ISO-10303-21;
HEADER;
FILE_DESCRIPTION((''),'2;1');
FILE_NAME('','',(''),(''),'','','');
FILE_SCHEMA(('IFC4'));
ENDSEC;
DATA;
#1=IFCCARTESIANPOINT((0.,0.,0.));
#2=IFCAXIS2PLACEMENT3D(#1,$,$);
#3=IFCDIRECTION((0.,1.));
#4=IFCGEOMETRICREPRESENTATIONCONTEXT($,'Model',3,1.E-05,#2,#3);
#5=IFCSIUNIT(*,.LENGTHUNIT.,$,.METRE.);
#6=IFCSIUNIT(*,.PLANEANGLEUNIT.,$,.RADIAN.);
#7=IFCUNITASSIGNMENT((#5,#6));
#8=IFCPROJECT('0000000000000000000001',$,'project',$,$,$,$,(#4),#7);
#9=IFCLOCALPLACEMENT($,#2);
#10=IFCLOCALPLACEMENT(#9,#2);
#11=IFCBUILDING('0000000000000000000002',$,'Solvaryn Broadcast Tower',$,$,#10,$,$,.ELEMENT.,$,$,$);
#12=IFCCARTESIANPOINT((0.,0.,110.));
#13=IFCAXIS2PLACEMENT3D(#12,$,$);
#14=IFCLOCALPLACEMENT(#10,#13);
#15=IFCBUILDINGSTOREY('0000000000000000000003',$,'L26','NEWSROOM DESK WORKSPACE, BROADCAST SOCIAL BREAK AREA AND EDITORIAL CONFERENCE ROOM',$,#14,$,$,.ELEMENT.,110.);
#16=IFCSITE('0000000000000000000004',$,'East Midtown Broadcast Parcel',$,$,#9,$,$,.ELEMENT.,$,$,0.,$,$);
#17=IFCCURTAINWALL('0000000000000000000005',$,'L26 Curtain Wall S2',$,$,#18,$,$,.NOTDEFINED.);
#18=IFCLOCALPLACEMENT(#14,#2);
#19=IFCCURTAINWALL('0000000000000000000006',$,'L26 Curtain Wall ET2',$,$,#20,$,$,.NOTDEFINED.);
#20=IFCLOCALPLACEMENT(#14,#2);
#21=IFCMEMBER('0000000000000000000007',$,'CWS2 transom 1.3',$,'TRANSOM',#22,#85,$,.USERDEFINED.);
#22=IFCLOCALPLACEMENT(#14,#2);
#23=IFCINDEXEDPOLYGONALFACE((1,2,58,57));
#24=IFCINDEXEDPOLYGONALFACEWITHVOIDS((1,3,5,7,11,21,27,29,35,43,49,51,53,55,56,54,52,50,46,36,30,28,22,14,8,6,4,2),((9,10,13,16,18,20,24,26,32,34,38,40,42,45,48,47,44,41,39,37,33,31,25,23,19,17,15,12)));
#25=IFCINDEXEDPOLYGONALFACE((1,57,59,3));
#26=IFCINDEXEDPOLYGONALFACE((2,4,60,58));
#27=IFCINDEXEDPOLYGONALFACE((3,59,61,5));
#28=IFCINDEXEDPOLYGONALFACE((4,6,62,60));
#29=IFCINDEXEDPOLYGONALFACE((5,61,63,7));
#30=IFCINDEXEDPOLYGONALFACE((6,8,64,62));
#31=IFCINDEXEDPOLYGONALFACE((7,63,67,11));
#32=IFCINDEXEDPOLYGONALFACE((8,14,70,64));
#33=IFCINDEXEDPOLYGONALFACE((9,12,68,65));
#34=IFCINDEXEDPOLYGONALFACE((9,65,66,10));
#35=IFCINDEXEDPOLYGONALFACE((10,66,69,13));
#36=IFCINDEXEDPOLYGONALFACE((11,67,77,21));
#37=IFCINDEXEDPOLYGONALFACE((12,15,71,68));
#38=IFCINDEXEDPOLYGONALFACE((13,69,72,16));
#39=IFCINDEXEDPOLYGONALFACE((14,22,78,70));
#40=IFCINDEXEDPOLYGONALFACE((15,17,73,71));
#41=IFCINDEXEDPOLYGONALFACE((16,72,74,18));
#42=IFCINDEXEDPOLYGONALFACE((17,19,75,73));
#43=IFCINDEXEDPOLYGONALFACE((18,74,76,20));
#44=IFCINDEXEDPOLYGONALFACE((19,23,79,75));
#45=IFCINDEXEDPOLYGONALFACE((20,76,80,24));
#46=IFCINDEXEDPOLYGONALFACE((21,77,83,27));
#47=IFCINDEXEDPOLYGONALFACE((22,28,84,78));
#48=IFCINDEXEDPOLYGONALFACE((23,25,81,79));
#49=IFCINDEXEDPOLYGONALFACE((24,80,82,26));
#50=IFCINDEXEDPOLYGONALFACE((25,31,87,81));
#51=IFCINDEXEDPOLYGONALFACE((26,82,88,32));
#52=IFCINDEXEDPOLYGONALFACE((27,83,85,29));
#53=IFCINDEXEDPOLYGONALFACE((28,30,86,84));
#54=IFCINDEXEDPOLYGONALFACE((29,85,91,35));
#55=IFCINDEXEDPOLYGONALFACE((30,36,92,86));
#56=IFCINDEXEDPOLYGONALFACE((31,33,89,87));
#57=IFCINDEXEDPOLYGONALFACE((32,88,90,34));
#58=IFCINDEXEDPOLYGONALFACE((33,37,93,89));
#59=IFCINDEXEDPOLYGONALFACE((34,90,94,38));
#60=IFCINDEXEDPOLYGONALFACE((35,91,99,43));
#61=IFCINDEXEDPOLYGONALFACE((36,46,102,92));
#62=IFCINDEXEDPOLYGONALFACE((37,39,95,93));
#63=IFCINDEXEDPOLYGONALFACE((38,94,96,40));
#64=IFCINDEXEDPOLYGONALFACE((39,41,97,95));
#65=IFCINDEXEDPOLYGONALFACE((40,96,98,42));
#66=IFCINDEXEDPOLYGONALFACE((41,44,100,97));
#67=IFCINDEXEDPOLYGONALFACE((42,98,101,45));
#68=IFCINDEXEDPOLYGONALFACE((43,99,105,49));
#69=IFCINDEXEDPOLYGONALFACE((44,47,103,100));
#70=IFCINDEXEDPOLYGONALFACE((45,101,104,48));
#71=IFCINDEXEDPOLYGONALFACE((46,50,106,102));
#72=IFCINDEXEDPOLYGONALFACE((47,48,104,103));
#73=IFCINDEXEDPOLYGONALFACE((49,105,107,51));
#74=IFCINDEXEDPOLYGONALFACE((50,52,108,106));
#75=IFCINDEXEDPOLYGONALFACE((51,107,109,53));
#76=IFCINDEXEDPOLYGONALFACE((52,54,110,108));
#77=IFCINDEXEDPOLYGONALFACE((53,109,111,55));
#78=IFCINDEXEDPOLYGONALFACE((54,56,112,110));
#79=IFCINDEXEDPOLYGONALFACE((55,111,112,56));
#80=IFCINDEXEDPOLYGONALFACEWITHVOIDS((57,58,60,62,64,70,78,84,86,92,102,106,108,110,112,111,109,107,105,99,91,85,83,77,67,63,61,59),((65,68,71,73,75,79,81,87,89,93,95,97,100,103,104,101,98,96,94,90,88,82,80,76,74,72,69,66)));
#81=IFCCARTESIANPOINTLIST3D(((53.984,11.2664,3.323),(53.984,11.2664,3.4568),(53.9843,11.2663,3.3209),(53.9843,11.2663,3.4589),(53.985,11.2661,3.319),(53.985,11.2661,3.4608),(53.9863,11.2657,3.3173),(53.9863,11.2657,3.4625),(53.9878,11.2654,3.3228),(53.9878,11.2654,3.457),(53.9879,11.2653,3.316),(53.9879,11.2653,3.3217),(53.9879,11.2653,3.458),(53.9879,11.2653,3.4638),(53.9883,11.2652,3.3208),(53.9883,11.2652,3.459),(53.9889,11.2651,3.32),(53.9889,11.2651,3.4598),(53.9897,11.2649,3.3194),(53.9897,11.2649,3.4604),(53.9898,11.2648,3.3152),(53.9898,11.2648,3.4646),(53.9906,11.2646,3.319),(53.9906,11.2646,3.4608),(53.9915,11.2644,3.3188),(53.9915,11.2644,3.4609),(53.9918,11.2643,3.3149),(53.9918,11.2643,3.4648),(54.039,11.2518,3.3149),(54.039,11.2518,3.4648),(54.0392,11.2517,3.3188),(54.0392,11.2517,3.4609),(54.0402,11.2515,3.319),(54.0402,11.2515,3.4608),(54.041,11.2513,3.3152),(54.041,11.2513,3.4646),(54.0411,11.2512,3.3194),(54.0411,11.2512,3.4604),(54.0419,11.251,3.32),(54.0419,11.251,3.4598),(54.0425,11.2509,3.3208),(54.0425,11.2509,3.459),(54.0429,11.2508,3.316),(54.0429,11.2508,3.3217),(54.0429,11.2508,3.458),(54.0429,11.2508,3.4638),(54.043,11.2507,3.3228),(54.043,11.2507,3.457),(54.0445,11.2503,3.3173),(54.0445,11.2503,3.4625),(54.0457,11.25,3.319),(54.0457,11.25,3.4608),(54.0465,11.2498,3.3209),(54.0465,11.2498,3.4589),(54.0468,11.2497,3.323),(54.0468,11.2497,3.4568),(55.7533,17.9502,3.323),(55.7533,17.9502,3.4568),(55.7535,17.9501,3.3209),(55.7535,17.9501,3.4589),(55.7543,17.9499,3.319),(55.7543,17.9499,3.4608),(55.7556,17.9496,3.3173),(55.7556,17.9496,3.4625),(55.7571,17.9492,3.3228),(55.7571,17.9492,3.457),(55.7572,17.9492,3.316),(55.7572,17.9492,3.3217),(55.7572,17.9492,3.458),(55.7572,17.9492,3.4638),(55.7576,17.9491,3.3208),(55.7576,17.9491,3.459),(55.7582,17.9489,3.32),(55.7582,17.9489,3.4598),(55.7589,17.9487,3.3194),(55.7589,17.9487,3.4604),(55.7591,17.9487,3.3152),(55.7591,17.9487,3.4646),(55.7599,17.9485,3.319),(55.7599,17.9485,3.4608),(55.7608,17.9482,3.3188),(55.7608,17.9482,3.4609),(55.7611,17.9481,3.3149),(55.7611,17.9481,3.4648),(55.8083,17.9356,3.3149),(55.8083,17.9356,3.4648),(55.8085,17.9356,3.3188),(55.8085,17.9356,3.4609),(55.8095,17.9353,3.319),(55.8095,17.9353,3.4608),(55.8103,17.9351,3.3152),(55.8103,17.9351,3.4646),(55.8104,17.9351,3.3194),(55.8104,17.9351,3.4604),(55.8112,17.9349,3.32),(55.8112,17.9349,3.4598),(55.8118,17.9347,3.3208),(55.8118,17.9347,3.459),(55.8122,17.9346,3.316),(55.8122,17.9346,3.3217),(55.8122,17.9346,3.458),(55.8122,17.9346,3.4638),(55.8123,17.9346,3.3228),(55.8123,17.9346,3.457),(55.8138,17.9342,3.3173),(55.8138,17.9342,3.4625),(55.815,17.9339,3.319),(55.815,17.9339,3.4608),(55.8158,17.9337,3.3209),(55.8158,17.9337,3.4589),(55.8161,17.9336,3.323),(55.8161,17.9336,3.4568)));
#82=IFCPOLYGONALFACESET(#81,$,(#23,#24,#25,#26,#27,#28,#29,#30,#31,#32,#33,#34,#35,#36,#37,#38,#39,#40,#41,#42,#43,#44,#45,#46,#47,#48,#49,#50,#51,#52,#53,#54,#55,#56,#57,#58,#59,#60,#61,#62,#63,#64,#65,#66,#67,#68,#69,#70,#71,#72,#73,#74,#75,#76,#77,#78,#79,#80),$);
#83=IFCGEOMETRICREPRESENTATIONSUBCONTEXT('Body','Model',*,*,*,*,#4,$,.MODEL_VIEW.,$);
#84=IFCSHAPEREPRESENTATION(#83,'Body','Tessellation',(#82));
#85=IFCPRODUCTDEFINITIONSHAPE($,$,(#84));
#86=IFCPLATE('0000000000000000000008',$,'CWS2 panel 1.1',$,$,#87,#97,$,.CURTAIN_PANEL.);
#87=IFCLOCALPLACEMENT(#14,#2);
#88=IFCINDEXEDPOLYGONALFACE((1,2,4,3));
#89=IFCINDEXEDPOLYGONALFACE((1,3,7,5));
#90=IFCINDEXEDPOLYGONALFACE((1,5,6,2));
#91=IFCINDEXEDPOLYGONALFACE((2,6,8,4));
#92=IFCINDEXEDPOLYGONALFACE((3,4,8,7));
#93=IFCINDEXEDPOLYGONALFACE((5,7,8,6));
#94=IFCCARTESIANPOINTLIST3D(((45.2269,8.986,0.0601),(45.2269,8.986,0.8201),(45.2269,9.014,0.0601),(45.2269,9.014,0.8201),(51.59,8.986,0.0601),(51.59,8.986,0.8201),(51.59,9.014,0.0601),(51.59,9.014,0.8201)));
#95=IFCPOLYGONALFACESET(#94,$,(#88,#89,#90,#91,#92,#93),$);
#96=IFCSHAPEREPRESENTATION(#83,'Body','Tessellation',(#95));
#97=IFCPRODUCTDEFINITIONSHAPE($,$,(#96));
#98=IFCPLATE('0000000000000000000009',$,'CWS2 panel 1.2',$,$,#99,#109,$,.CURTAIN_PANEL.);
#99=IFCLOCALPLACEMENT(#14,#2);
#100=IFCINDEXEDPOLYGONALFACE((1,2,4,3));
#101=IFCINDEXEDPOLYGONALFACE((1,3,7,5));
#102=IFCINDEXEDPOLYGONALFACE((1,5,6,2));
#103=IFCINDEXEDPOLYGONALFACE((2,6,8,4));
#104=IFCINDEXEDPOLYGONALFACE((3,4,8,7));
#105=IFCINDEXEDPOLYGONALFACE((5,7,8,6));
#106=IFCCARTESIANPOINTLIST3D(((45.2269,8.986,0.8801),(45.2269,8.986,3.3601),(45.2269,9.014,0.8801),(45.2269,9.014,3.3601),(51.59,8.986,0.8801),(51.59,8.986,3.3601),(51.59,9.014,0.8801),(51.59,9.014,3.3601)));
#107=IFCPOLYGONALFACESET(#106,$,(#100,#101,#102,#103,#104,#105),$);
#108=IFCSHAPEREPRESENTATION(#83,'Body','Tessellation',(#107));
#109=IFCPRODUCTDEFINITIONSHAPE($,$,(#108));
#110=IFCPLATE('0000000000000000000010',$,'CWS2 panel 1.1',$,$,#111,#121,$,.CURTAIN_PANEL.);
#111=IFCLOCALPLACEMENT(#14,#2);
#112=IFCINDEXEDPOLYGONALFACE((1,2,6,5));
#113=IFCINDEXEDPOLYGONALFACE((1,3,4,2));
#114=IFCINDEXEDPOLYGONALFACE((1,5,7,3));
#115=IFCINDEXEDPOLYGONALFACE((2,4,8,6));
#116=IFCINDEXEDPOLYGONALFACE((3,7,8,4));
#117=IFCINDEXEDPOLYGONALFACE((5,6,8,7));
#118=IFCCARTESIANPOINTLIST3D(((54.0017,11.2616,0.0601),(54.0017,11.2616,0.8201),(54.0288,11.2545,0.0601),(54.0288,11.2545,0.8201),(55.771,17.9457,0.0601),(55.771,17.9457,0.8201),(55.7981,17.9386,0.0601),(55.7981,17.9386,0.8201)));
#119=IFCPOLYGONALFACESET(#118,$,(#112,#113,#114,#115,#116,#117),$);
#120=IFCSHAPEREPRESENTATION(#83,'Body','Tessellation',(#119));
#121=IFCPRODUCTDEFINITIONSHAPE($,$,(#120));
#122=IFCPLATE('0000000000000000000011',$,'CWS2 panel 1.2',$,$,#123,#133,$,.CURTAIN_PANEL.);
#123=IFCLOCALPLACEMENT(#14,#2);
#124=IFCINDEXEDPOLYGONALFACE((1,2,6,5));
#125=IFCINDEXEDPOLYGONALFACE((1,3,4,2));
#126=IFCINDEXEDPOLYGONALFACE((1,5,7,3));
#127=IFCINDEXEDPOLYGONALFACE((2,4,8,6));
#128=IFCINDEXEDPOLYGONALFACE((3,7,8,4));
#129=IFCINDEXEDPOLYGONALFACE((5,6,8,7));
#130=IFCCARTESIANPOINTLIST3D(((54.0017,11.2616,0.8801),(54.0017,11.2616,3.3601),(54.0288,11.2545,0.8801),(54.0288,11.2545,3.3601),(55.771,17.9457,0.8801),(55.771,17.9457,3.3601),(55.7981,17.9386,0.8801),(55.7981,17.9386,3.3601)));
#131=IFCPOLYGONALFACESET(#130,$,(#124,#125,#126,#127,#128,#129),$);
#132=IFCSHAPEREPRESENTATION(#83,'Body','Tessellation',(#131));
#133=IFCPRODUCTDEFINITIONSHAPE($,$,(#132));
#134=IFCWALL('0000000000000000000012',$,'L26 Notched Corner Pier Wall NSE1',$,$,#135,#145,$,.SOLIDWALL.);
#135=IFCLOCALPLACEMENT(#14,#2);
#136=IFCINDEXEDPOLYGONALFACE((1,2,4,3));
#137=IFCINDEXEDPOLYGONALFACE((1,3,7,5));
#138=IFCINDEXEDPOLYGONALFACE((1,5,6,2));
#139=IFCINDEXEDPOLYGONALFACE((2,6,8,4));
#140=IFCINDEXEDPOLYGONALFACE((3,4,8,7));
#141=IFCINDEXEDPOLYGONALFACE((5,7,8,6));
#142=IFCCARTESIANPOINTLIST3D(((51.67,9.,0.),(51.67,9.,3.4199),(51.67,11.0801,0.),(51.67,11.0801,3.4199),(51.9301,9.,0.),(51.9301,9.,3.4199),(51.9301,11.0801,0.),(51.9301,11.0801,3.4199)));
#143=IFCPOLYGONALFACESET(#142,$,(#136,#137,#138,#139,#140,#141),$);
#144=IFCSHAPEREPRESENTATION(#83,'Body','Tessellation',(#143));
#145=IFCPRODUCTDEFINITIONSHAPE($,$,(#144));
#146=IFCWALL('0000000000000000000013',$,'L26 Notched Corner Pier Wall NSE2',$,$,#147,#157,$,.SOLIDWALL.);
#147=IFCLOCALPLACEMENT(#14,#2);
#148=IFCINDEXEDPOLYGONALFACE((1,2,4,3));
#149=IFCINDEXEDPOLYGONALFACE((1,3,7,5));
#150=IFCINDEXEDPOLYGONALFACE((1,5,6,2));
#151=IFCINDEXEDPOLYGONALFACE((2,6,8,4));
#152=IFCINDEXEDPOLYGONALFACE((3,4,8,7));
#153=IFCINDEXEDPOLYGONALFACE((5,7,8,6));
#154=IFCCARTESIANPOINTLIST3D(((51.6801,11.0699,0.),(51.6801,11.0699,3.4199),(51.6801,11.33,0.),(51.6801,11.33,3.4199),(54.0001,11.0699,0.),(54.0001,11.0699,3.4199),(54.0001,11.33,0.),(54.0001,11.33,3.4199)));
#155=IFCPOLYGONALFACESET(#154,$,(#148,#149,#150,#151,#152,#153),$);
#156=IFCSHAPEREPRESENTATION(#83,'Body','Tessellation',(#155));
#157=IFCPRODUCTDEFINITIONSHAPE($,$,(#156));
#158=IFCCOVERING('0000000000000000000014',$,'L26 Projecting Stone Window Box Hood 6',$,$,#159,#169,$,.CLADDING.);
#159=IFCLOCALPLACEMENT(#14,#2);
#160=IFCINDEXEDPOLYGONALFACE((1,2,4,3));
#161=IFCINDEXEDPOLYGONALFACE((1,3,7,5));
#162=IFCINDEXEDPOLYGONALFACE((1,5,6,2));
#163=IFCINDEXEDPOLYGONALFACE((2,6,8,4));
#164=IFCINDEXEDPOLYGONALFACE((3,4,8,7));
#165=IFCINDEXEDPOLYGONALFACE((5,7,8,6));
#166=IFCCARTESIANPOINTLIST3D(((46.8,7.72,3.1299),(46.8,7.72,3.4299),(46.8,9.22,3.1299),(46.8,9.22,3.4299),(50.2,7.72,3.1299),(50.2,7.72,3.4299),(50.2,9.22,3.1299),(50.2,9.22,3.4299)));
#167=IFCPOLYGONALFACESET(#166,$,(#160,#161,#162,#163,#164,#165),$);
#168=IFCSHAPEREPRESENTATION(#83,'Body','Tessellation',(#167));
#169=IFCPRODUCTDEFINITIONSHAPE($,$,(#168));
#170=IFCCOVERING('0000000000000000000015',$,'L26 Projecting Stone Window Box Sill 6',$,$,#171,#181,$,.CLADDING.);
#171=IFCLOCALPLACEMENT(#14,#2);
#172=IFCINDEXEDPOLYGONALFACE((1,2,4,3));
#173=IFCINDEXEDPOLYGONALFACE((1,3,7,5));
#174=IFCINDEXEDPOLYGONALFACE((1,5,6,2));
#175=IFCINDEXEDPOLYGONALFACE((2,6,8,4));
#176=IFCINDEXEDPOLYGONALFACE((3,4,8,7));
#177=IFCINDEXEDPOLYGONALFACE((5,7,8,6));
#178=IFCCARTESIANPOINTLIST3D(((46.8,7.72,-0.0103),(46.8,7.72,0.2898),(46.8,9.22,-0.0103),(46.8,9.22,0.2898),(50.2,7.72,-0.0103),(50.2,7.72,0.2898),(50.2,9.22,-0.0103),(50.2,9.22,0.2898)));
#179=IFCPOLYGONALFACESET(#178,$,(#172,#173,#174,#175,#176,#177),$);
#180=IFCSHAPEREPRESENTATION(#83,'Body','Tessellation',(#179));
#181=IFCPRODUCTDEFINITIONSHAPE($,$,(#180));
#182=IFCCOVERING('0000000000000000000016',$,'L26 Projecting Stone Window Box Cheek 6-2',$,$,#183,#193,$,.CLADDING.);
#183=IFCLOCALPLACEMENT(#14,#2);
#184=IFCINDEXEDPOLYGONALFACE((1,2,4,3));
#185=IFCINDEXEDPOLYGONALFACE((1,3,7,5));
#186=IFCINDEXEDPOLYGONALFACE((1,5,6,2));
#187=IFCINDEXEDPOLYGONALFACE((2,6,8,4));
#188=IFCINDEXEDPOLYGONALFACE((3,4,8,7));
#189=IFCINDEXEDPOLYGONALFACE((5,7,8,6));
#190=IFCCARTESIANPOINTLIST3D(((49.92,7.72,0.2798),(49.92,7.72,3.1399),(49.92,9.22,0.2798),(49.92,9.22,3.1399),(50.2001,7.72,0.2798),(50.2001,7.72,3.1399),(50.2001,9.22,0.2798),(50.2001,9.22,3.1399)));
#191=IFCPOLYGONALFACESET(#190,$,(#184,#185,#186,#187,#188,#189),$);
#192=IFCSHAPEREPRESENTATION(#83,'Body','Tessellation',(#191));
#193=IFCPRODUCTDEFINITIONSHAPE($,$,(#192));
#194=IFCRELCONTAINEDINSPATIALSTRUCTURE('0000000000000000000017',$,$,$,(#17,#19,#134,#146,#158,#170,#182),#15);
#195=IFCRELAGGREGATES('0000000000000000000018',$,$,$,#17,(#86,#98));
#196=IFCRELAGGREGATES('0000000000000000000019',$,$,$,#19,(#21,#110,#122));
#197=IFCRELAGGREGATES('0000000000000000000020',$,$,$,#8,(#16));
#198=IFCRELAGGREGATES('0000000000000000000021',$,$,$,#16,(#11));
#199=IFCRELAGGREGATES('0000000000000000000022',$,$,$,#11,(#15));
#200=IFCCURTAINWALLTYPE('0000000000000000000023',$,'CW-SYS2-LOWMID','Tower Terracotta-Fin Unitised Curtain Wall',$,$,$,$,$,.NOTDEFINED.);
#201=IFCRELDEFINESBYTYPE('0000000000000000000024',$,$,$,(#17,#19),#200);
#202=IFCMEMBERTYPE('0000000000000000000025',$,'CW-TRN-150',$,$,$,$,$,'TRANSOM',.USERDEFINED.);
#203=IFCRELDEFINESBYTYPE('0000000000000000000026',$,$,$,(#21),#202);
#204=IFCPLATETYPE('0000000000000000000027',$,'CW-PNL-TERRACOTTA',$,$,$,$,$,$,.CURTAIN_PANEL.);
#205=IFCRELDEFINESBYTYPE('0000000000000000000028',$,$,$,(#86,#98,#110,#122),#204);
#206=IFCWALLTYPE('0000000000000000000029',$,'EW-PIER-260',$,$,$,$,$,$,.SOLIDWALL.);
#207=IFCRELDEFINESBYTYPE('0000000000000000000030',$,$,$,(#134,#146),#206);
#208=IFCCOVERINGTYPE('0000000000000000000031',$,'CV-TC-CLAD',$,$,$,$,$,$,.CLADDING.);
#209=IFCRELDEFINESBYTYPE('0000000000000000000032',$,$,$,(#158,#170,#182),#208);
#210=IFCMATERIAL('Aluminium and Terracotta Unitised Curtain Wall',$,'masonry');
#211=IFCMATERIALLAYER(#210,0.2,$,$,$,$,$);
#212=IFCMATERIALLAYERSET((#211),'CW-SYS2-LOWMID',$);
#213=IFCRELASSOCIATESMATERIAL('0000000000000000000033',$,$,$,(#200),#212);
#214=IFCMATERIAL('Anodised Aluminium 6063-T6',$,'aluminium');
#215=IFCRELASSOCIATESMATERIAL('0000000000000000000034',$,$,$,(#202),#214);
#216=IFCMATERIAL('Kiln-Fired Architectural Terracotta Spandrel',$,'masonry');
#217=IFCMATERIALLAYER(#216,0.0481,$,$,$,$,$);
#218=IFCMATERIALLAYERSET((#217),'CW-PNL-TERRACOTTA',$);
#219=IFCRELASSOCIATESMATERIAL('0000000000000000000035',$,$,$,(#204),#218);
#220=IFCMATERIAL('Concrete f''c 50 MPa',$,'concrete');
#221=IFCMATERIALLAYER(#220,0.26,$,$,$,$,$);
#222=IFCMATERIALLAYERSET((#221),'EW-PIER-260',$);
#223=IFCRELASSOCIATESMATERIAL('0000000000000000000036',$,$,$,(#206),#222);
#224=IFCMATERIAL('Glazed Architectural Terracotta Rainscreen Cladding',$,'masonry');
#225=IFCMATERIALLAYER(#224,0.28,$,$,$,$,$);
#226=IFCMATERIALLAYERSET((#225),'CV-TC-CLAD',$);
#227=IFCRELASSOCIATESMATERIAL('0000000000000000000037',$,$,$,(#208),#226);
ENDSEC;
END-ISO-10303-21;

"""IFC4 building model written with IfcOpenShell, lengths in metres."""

from ifc_helpers import new_model, si_unit, direction, frame, frame_2d, origin, origin_2d, place, context, subcontext, project, spatial, rectangle, hollow_rectangle, extrude, material, layer, layer_set, material_profile, profile_set, type_object, element, aggregate, save


model = new_model("IFC4")

# Units and contexts
model_context = context("Model", 3, precision=1e-05, world=origin(), true_north=direction((0.0, 1.0)))
body_context = subcontext(model_context, "Body", "Model", "MODEL_VIEW")
ifc_project = project(units=[si_unit("LENGTHUNIT", "METRE"), si_unit("PLANEANGLEUNIT", "RADIAN")], contexts=[model_context])

# Site, building, storey
site_placement = place(None, origin())
site = spatial("IfcSite", under=ifc_project, at=site_placement, Name="East Midtown Broadcast Parcel", CompositionType="ELEMENT", RefElevation=0.0)
building_placement = place(site_placement, origin())
building = spatial("IfcBuilding", under=site, at=building_placement, Name="Solvaryn Broadcast Tower", CompositionType="ELEMENT")
storey_placement = place(building_placement, frame((0.0, 0.0, 110.0)))
storey = spatial("IfcBuildingStorey", under=building, at=storey_placement, Name="L26", Description="NEWSROOM DESK WORKSPACE, BROADCAST SOCIAL BREAK AREA AND EDITORIAL CONFERENCE ROOM", CompositionType="ELEMENT", Elevation=110.0)

# Curtain wall
ifc_material_1 = material(Name="Aluminium and Terracotta Unitised Curtain Wall", Category="masonry")
ifc_layer_1 = layer(ifc_material_1, 0.2)
ifc_layer_set_1 = layer_set([ifc_layer_1], Name="CW-SYS2-LOWMID")
curtain_wall_type = type_object("IfcCurtainWallType", Name="CW-SYS2-LOWMID", Description="Tower Terracotta-Fin Unitised Curtain Wall", PredefinedType="NOTDEFINED", material=ifc_layer_set_1)
curtain_wall_1_placement = place(storey_placement, origin())
curtain_wall_1 = element("IfcCurtainWall", 1, at=curtain_wall_1_placement, inside=storey, type_object=curtain_wall_type, Name="L26 Curtain Wall S2", PredefinedType="NOTDEFINED")

# Curtain wall, member
curtain_wall_2_placement = place(storey_placement, origin())
curtain_wall_2 = element("IfcCurtainWall", 2, at=curtain_wall_2_placement, inside=storey, type_object=curtain_wall_type, Name="L26 Curtain Wall ET2", PredefinedType="NOTDEFINED")
ifc_material_2 = material(Name="Anodised Aluminium 6063-T6", Category="aluminium")
ifc_material_profile_1 = material_profile(ifc_material_2, hollow_rectangle(XDim=0.0649, YDim=0.1499, WallThickness=0.0039, InnerFilletRadius=0.0039, OuterFilletRadius=0.0081, at=origin_2d()))
ifc_profile_set_1 = profile_set([ifc_material_profile_1], Name="Anodised Aluminium 6063-T6")
member_type_1 = type_object("IfcMemberType", Name="CW-TRN-150", ElementType="TRANSOM", PredefinedType="USERDEFINED", material=ifc_profile_set_1)
member_1_placement = place(storey_placement, frame((55.7847, 17.9419, 3.3899), z_axis=(-0.255897, -0.966704, 0.0), x_axis=(0.966704, -0.255897, 0.0)))
member_1 = element("IfcMember", 3, at=member_1_placement, type_object=member_type_1, Name="CWS2 transom 1.3", ObjectType="TRANSOM", PredefinedType="USERDEFINED", context=body_context, shape_type="SweptSolid", body=[
    extrude(hollow_rectangle(XDim=0.0649, YDim=0.1499, WallThickness=0.0039, InnerFilletRadius=0.0039, OuterFilletRadius=0.0081, at=origin_2d()), origin(), (0.0, 0.0, 1.0), 6.9141),
])

# Plates
ifc_material_3 = material(Name="Kiln-Fired Architectural Terracotta Spandrel", Category="masonry")
ifc_layer_2 = layer(ifc_material_3, 0.0481)
ifc_layer_set_2 = layer_set([ifc_layer_2], Name="CW-PNL-TERRACOTTA")
plate_type = type_object("IfcPlateType", Name="CW-PNL-TERRACOTTA", PredefinedType="CURTAIN_PANEL", material=ifc_layer_set_2)
plate_1_placement = place(storey_placement, frame((48.4084, 9.0, 0.0601), z_axis=(0.0, 0.0, 1.0), x_axis=(1.0, 0.0, 0.0)))
plate_1 = element("IfcPlate", 4, at=plate_1_placement, type_object=plate_type, Name="CWS2 panel 1.1", PredefinedType="CURTAIN_PANEL", context=body_context, shape_type="SweptSolid", body=[
    extrude(rectangle(XDim=6.363, YDim=0.0281, at=origin_2d()), origin(), (0.0, 0.0, 1.0), 0.76),
])
plate_2_placement = place(storey_placement, frame((48.4084, 9.0, 0.8801), z_axis=(0.0, 0.0, 1.0), x_axis=(1.0, 0.0, 0.0)))
plate_2 = element("IfcPlate", 5, at=plate_2_placement, type_object=plate_type, Name="CWS2 panel 1.2", PredefinedType="CURTAIN_PANEL", context=body_context, shape_type="SweptSolid", body=[
    extrude(rectangle(XDim=6.363, YDim=0.0281, at=origin_2d()), origin(), (0.0, 0.0, 1.0), 2.48),
])
aggregate(curtain_wall_1, [plate_1, plate_2])
plate_3_placement = place(storey_placement, frame((54.8999, 14.6001, 0.0601), z_axis=(0.0, 0.0, 1.0), x_axis=(-0.255893, -0.966705, 0.0)))
plate_3 = element("IfcPlate", 6, at=plate_3_placement, type_object=plate_type, Name="CWS2 panel 1.1", PredefinedType="CURTAIN_PANEL", context=body_context, shape_type="SweptSolid", body=[
    extrude(rectangle(XDim=6.9143, YDim=0.0281, at=origin_2d()), origin(), (0.0, 0.0, 1.0), 0.76),
])
plate_4_placement = place(storey_placement, frame((54.8999, 14.6001, 0.8801), z_axis=(0.0, 0.0, 1.0), x_axis=(-0.255893, -0.966705, 0.0)))
plate_4 = element("IfcPlate", 7, at=plate_4_placement, type_object=plate_type, Name="CWS2 panel 1.2", PredefinedType="CURTAIN_PANEL", context=body_context, shape_type="SweptSolid", body=[
    extrude(rectangle(XDim=6.9143, YDim=0.0281, at=origin_2d()), origin(), (0.0, 0.0, 1.0), 2.48),
])
aggregate(curtain_wall_2, [member_1, plate_3, plate_4])

# Walls
ifc_material_4 = material(Name="Concrete f'c 50 MPa", Category="concrete")
ifc_layer_3 = layer(ifc_material_4, 0.26)
ifc_layer_set_3 = layer_set([ifc_layer_3], Name="EW-PIER-260")
wall_type = type_object("IfcWallType", Name="EW-PIER-260", PredefinedType="SOLIDWALL", material=ifc_layer_set_3)
wall_1_placement = place(storey_placement, frame((51.8, 9.0, 0.0), z_axis=(0.0, 0.0, 1.0), x_axis=(0.0, 1.0, 0.0)))
element("IfcWall", 8, at=wall_1_placement, inside=storey, type_object=wall_type, Name="L26 Notched Corner Pier Wall NSE1", PredefinedType="SOLIDWALL", context=body_context, shape_type="SweptSolid", body=[
    extrude(rectangle(XDim=2.0801, YDim=0.26, at=frame_2d((1.04, 0.0))), origin(), (0.0, 0.0, 1.0), 3.4199),
])
wall_2_placement = place(storey_placement, frame((51.6799, 11.2, 0.0), z_axis=(0.0, 0.0, 1.0), x_axis=(1.0, 0.0, 0.0)))
element("IfcWall", 9, at=wall_2_placement, inside=storey, type_object=wall_type, Name="L26 Notched Corner Pier Wall NSE2", PredefinedType="SOLIDWALL", context=body_context, shape_type="SweptSolid", body=[
    extrude(rectangle(XDim=2.3201, YDim=0.26, at=frame_2d((1.1602, 0.0))), origin(), (0.0, 0.0, 1.0), 3.4199),
])

# Coverings
ifc_material_5 = material(Name="Glazed Architectural Terracotta Rainscreen Cladding", Category="masonry")
ifc_layer_4 = layer(ifc_material_5, 0.28)
ifc_layer_set_4 = layer_set([ifc_layer_4], Name="CV-TC-CLAD")
covering_type_1 = type_object("IfcCoveringType", Name="CV-TC-CLAD", PredefinedType="CLADDING", material=ifc_layer_set_4)
for number, where, z_axis, x_axis, name in (
    (10, (48.5, 8.47, 3.1299), (0.0, 0.0, 1.0), (1.0, 0.0, 0.0), "L26 Projecting Stone Window Box Hood 6"),
    (11, (48.5, 8.47, -0.0103), (0.0, 0.0, 1.0), (1.0, 0.0, 0.0), "L26 Projecting Stone Window Box Sill 6"),
):
    element("IfcCovering", number, at=place(storey_placement, frame(where, z_axis=z_axis, x_axis=x_axis)), inside=storey, type_object=covering_type_1, Name=name, PredefinedType="CLADDING", context=body_context, shape_type="SweptSolid", body=[
        extrude(rectangle(XDim=3.3999, YDim=1.5, at=origin_2d()), origin(), (0.0, 0.0, 1.0), 0.3),
    ])
covering_1_placement = place(storey_placement, frame((50.0601, 8.47, 0.2798), z_axis=(0.0, 0.0, 1.0), x_axis=(1.0, 0.0, 0.0)))
element("IfcCovering", 12, at=covering_1_placement, inside=storey, type_object=covering_type_1, Name="L26 Projecting Stone Window Box Cheek 6-2", PredefinedType="CLADDING", context=body_context, shape_type="SweptSolid", body=[
    extrude(rectangle(XDim=0.28, YDim=1.5, at=origin_2d()), origin(), (0.0, 0.0, 1.0), 2.8601),
])

save(model, "model.ifc")
